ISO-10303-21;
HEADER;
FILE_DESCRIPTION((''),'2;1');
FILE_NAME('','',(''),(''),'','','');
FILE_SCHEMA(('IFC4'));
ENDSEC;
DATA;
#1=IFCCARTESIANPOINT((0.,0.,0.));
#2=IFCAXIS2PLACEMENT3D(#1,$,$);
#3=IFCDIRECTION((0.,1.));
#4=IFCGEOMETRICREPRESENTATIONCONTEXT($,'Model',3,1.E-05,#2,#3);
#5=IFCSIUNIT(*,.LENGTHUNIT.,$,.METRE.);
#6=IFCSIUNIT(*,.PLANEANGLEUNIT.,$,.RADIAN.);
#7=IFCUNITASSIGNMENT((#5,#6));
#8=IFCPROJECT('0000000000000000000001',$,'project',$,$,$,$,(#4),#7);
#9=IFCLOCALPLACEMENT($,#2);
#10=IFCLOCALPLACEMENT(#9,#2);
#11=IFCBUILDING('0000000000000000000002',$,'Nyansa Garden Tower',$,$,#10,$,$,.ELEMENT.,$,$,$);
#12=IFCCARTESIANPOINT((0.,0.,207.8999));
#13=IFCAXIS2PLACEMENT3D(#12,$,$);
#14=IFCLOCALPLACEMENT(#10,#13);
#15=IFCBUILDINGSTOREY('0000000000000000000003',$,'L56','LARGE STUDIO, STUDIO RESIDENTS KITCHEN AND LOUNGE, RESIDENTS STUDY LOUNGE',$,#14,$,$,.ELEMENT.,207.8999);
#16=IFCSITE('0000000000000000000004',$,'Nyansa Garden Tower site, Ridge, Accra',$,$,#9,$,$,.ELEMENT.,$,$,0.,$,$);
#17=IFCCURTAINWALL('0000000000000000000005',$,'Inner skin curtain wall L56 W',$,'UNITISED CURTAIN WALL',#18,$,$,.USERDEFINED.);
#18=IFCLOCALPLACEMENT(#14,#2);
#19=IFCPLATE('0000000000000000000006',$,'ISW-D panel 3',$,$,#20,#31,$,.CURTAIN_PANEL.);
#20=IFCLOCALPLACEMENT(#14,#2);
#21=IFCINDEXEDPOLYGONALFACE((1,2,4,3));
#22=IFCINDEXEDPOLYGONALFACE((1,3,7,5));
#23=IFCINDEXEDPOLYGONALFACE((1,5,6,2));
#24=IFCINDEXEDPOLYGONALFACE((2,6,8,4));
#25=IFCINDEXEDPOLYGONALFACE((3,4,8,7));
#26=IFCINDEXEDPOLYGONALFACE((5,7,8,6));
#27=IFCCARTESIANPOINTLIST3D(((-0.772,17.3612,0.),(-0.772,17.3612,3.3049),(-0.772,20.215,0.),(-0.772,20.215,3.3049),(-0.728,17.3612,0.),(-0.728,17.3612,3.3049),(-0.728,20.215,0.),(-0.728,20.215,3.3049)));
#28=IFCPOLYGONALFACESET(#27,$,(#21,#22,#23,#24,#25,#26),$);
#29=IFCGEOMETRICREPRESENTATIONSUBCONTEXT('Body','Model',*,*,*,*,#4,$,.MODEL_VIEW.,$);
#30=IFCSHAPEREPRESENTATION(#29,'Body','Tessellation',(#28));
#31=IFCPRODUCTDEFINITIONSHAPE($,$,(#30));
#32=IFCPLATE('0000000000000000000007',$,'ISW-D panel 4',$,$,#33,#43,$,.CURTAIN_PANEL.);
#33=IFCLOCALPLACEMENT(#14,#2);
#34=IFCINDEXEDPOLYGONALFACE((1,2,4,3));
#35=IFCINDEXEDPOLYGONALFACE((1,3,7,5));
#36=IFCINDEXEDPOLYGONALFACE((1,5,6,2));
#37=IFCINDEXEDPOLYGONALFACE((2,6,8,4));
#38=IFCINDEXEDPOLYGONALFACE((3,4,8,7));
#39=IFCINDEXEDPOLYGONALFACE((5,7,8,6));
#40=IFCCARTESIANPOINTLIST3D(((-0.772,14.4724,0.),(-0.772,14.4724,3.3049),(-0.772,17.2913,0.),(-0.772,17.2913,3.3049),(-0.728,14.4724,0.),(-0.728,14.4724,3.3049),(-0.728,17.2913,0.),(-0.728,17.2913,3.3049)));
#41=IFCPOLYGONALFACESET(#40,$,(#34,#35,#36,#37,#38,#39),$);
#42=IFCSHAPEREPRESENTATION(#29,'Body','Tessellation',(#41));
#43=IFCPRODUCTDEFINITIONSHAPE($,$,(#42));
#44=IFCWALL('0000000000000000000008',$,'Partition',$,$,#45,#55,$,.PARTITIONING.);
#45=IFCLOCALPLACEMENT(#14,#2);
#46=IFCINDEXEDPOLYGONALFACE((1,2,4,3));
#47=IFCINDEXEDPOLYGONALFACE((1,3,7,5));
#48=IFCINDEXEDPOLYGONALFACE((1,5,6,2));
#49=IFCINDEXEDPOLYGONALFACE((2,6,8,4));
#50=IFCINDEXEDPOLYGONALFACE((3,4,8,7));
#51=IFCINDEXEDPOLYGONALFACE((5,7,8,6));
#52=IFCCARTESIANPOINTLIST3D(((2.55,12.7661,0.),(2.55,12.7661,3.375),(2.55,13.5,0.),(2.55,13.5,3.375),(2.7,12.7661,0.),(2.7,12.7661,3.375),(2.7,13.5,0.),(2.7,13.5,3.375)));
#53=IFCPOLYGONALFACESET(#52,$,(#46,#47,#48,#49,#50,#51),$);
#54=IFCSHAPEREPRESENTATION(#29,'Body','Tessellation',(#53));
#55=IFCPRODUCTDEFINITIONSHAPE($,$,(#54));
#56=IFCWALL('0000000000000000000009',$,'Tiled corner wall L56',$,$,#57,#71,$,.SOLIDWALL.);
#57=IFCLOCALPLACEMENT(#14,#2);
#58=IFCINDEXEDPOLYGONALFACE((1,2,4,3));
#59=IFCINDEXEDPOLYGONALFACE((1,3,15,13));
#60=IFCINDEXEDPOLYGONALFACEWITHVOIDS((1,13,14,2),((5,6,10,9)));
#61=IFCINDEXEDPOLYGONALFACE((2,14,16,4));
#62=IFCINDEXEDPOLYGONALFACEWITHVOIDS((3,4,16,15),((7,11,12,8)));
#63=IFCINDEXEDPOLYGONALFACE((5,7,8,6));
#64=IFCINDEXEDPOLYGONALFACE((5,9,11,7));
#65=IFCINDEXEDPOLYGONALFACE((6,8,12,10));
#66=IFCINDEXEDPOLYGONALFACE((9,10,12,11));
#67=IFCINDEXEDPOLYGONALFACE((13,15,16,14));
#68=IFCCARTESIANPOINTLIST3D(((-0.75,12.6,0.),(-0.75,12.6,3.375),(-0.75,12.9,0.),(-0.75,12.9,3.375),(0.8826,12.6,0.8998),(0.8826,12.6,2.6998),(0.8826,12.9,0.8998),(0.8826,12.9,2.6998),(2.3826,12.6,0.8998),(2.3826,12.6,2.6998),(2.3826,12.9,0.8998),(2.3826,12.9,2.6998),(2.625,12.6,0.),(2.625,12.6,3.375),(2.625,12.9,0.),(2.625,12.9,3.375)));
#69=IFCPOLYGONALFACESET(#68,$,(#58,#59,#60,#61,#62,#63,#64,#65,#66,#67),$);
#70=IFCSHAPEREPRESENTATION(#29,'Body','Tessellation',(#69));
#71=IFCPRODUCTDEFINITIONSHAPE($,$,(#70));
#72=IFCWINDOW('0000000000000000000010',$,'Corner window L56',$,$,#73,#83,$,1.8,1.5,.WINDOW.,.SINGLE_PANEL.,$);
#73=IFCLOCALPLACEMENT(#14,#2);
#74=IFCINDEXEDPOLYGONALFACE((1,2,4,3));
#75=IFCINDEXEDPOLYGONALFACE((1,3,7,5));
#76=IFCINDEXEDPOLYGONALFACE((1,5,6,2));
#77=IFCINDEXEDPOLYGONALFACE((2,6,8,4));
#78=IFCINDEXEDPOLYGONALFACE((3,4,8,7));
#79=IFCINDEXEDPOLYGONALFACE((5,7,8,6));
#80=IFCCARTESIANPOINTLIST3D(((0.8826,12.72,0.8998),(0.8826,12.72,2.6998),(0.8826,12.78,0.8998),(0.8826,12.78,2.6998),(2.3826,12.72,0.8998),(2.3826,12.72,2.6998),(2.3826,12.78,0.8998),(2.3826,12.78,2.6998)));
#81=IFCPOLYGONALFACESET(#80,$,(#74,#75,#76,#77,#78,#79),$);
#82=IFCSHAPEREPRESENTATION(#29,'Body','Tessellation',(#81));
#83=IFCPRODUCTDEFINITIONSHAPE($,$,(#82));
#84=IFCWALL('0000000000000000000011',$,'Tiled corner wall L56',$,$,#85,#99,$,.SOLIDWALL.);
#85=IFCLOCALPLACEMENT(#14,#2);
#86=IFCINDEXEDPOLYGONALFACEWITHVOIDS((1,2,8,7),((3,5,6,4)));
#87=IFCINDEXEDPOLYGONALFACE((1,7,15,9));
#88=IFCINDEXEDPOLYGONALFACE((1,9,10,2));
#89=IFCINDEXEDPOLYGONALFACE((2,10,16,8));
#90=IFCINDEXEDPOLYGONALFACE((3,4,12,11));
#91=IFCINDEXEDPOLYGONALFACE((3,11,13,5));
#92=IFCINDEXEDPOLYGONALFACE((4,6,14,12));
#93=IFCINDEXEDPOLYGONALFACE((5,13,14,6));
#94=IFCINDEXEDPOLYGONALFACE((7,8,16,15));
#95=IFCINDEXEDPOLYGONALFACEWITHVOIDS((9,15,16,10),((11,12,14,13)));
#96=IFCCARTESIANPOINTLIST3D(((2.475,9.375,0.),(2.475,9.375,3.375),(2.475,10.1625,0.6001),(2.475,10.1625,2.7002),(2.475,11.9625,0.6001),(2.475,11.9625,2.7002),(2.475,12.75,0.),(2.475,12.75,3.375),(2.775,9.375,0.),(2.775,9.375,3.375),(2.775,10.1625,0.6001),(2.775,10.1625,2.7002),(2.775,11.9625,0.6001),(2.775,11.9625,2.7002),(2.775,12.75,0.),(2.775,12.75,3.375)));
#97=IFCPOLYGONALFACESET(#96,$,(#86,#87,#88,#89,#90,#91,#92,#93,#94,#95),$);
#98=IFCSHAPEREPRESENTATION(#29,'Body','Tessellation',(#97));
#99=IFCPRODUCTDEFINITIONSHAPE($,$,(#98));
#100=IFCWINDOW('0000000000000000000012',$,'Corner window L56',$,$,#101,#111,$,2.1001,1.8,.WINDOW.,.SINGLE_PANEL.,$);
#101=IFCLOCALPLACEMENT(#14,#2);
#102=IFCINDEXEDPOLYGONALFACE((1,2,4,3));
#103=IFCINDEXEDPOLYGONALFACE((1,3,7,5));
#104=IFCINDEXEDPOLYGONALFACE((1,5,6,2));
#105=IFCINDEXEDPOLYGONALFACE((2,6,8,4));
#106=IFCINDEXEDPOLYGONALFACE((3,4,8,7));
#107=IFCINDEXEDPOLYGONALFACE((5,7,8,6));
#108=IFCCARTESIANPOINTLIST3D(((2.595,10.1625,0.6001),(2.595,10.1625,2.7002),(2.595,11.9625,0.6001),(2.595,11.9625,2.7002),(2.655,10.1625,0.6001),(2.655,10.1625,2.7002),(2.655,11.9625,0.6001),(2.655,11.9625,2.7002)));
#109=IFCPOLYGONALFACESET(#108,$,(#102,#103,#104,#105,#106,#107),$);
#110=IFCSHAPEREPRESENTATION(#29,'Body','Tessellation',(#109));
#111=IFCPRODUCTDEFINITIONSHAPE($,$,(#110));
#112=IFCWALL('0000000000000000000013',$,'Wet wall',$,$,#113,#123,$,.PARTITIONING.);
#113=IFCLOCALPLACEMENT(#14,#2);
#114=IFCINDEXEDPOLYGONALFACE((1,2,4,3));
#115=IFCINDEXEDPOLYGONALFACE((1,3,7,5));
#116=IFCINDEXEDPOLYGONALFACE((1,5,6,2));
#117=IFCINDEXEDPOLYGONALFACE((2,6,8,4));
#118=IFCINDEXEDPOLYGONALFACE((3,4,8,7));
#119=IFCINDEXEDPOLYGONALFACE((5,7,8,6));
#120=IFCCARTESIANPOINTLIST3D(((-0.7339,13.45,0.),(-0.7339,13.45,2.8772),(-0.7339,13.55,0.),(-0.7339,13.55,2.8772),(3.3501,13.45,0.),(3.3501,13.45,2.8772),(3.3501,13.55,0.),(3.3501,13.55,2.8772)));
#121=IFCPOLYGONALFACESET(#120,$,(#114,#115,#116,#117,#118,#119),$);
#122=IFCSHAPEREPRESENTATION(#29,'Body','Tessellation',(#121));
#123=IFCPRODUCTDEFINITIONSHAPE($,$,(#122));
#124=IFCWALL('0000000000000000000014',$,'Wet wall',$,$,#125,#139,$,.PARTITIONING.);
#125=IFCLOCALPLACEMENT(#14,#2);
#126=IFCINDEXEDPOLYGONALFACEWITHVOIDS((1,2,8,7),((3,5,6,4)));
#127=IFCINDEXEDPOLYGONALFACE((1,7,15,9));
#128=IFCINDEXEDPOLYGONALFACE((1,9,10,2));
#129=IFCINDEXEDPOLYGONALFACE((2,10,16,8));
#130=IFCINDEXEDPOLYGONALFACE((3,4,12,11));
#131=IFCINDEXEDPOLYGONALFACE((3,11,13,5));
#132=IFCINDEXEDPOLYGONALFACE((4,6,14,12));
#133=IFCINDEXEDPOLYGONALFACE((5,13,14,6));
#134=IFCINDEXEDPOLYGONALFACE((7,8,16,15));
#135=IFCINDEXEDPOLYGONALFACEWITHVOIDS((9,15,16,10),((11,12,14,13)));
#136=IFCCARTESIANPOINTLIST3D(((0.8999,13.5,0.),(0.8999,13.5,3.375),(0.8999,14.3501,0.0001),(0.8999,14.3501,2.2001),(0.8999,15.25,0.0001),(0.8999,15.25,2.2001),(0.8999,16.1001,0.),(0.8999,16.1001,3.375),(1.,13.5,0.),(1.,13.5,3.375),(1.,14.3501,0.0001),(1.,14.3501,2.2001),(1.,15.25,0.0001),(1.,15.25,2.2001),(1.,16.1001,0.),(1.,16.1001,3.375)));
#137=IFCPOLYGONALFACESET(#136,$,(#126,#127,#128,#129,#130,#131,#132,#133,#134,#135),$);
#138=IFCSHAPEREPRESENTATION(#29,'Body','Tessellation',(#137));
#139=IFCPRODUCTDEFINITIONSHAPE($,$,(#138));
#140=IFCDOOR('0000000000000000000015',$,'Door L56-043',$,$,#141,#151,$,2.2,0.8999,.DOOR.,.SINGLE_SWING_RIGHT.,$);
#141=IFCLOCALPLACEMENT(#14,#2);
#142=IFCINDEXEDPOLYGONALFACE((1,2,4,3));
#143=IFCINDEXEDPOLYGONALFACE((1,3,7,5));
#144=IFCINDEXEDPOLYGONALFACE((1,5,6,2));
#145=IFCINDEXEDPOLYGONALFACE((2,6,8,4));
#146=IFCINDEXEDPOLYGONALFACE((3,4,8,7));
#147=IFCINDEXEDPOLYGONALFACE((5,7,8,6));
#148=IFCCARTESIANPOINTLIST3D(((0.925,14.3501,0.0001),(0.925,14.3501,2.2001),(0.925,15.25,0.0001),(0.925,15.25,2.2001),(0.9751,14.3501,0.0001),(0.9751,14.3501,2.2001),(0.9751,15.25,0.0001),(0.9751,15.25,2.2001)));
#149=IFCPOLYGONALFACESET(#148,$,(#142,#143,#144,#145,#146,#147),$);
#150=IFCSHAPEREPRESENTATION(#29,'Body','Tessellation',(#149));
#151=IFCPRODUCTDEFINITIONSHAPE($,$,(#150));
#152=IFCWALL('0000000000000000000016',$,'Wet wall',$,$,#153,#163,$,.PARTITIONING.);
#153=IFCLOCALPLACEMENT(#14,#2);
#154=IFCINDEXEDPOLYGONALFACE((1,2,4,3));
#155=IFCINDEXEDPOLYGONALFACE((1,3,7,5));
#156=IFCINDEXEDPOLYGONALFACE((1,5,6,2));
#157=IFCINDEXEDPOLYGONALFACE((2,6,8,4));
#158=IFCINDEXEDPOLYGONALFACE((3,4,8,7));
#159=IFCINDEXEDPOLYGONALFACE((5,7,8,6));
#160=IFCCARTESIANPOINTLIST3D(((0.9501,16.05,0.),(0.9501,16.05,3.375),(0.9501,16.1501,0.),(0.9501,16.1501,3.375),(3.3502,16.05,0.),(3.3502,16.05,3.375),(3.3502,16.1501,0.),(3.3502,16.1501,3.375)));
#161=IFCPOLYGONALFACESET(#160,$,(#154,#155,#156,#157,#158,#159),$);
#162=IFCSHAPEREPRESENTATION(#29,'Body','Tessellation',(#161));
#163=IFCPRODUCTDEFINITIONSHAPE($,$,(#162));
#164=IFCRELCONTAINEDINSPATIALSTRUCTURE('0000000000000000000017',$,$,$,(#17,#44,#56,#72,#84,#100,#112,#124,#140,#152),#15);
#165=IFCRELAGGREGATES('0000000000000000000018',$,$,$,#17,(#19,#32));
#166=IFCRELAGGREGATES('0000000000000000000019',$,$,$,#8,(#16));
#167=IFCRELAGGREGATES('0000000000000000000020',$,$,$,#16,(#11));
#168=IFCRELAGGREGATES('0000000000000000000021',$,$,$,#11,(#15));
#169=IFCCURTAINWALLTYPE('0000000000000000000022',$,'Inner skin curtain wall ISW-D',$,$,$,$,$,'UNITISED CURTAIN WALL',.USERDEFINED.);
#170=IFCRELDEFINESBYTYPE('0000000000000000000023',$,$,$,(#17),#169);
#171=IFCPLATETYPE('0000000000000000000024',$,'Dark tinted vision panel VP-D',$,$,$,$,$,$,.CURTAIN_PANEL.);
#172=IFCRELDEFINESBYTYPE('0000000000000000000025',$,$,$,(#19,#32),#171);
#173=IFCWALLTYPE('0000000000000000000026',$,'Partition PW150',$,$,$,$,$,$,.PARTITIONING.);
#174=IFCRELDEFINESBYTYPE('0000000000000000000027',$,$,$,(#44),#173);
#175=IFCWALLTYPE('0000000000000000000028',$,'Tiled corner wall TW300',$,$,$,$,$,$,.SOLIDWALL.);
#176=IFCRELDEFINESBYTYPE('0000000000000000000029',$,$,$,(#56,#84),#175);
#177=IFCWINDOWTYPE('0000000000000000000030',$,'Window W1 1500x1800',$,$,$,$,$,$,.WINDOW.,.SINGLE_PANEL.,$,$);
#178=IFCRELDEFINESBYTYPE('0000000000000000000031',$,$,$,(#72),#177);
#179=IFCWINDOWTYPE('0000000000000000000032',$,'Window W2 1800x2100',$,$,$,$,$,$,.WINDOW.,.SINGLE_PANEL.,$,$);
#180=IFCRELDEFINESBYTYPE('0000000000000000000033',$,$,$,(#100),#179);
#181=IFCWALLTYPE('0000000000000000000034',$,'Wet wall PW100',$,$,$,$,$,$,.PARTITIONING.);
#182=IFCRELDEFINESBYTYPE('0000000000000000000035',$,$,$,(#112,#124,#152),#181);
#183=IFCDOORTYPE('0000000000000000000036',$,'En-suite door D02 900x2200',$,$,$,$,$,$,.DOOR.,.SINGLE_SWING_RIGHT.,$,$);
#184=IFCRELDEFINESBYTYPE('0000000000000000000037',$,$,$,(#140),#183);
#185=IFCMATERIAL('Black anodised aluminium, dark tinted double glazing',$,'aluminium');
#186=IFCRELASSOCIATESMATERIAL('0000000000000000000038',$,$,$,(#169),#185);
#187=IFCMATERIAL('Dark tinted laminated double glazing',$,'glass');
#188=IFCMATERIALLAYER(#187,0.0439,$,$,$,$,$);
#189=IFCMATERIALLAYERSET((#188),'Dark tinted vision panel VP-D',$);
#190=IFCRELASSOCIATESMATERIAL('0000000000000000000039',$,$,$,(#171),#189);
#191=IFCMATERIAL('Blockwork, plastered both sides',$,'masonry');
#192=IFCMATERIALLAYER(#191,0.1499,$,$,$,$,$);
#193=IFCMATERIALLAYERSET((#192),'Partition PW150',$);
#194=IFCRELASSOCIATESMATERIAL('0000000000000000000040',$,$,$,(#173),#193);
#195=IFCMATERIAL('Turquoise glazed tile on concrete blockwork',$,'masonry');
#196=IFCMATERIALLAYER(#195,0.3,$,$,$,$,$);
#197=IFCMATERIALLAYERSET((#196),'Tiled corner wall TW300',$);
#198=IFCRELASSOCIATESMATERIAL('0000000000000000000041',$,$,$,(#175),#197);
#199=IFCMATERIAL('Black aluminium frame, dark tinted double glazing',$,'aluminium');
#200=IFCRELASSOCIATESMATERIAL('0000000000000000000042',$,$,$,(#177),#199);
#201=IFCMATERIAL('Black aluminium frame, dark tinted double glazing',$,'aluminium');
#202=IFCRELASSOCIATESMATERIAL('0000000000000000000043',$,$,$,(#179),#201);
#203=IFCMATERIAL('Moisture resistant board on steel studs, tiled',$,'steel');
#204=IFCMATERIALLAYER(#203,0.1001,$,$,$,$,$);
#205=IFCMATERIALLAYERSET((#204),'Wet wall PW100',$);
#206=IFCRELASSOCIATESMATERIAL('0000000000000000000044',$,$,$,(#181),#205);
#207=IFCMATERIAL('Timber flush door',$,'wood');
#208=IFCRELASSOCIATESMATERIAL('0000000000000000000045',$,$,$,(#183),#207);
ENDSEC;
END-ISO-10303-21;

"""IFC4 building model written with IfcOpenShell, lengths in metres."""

from ifc_helpers import new_model, si_unit, direction, frame, frame_2d, origin, origin_2d, place, context, subcontext, project, spatial, rectangle, extrude, material, layer, layer_set, type_object, element, fill, aggregate, save


model = new_model("IFC4")

# Units and contexts
model_context = context("Model", 3, precision=1e-05, world=origin(), true_north=direction((0.0, 1.0)))
body_context = subcontext(model_context, "Body", "Model", "MODEL_VIEW")
ifc_project = project(units=[si_unit("LENGTHUNIT", "METRE"), si_unit("PLANEANGLEUNIT", "RADIAN")], contexts=[model_context])

# Site, building, storey
site_placement = place(None, origin())
site = spatial("IfcSite", under=ifc_project, at=site_placement, Name="Nyansa Garden Tower site, Ridge, Accra", CompositionType="ELEMENT", RefElevation=0.0)
building_placement = place(site_placement, origin())
building = spatial("IfcBuilding", under=site, at=building_placement, Name="Nyansa Garden Tower", CompositionType="ELEMENT")
storey_placement = place(building_placement, frame((0.0, 0.0, 207.8999)))
storey = spatial("IfcBuildingStorey", under=building, at=storey_placement, Name="L56", Description="LARGE STUDIO, STUDIO RESIDENTS KITCHEN AND LOUNGE, RESIDENTS STUDY LOUNGE", CompositionType="ELEMENT", Elevation=207.8999)

# Curtain wall
ifc_material_1 = material(Name="Black anodised aluminium, dark tinted double glazing", Category="aluminium")
curtain_wall_type = type_object("IfcCurtainWallType", Name="Inner skin curtain wall ISW-D", ElementType="UNITISED CURTAIN WALL", PredefinedType="USERDEFINED", material=ifc_material_1)
curtain_wall_placement = place(storey_placement, origin())
curtain_wall = element("IfcCurtainWall", 1, at=curtain_wall_placement, inside=storey, type_object=curtain_wall_type, Name="Inner skin curtain wall L56 W", ObjectType="UNITISED CURTAIN WALL", PredefinedType="USERDEFINED")

# Plates
ifc_material_2 = material(Name="Dark tinted laminated double glazing", Category="glass")
ifc_layer_1 = layer(ifc_material_2, 0.0439)
ifc_layer_set_1 = layer_set([ifc_layer_1], Name="Dark tinted vision panel VP-D")
plate_type = type_object("IfcPlateType", Name="Dark tinted vision panel VP-D", PredefinedType="CURTAIN_PANEL", material=ifc_layer_set_1)
plate_1_placement = place(storey_placement, frame((-0.75, 18.7881, 0.0), z_axis=(0.0, 0.0, 1.0), x_axis=(0.0, -1.0, 0.0)))
plate_1 = element("IfcPlate", 2, at=plate_1_placement, type_object=plate_type, Name="ISW-D panel 3", PredefinedType="CURTAIN_PANEL", context=body_context, shape_type="SweptSolid", body=[
    extrude(rectangle(XDim=2.8538, YDim=0.0439, at=origin_2d()), origin(), (0.0, 0.0, 1.0), 3.3049),
])
plate_2_placement = place(storey_placement, frame((-0.75, 15.8818, 0.0), z_axis=(0.0, 0.0, 1.0), x_axis=(0.0, -1.0, 0.0)))
plate_2 = element("IfcPlate", 3, at=plate_2_placement, type_object=plate_type, Name="ISW-D panel 4", PredefinedType="CURTAIN_PANEL", context=body_context, shape_type="SweptSolid", body=[
    extrude(rectangle(XDim=2.8188, YDim=0.0439, at=origin_2d()), origin(), (0.0, 0.0, 1.0), 3.3049),
])
aggregate(curtain_wall, [plate_1, plate_2])

# Wall
ifc_material_3 = material(Name="Blockwork, plastered both sides", Category="masonry")
ifc_layer_2 = layer(ifc_material_3, 0.1499)
ifc_layer_set_2 = layer_set([ifc_layer_2], Name="Partition PW150")
wall_type_1 = type_object("IfcWallType", Name="Partition PW150", PredefinedType="PARTITIONING", material=ifc_layer_set_2)
wall_1_placement = place(storey_placement, frame((2.625, 12.7661, 0.0), z_axis=(0.0, 0.0, 1.0), x_axis=(0.0, 1.0, 0.0)))
element("IfcWall", 4, at=wall_1_placement, inside=storey, type_object=wall_type_1, Name="Partition", PredefinedType="PARTITIONING", context=body_context, shape_type="SweptSolid", body=[
    extrude(rectangle(XDim=0.7339, YDim=0.1499, at=frame_2d((0.3669, 0.0))), origin(), (0.0, 0.0, 1.0), 3.375),
])

# Walls, openings, windows
ifc_material_4 = material(Name="Turquoise glazed tile on concrete blockwork", Category="masonry")
ifc_layer_3 = layer(ifc_material_4, 0.3)
ifc_layer_set_3 = layer_set([ifc_layer_3], Name="Tiled corner wall TW300")
wall_type_2 = type_object("IfcWallType", Name="Tiled corner wall TW300", PredefinedType="SOLIDWALL", material=ifc_layer_set_3)
wall_2_placement = place(storey_placement, frame((-0.75, 12.75, 0.0), z_axis=(0.0, 0.0, 1.0), x_axis=(1.0, 0.0, 0.0)))
wall_2 = element("IfcWall", 5, at=wall_2_placement, inside=storey, type_object=wall_type_2, Name="Tiled corner wall L56", PredefinedType="SOLIDWALL", context=body_context, shape_type="SweptSolid", body=[
    extrude(rectangle(XDim=3.375, YDim=0.3, at=frame_2d((1.6875, 0.0))), origin(), (0.0, 0.0, 1.0), 3.375),
])
opening_1_placement = place(wall_2_placement, frame((1.6326, 0.0, 0.8999)))
opening_1 = element("IfcOpeningElement", 6, at=opening_1_placement, cuts=wall_2, PredefinedType="OPENING", context=body_context, shape_type="SweptSolid", body=[
    extrude(rectangle(XDim=1.5, YDim=1.8, at=frame_2d((0.75, 0.8999))), frame((0.0, 0.1599, 0.0), z_axis=(0.0, -1.0, 0.0), x_axis=(1.0, 0.0, 0.0)), (0.0, 0.0, 1.0), 0.3201),
])
ifc_material_5 = material(Name="Black aluminium frame, dark tinted double glazing", Category="aluminium")
window_type_1 = type_object("IfcWindowType", Name="Window W1 1500x1800", PartitioningType="SINGLE_PANEL", PredefinedType="WINDOW", material=ifc_material_5)
window_1_placement = place(opening_1_placement, origin())
window_1 = element("IfcWindow", 7, at=window_1_placement, inside=storey, type_object=window_type_1, Name="Corner window L56", OverallHeight=1.8, OverallWidth=1.5, PartitioningType="SINGLE_PANEL", PredefinedType="WINDOW", context=body_context, shape_type="SweptSolid", body=[
    extrude(rectangle(XDim=1.5, YDim=1.8, at=frame_2d((0.75, 0.8999))), frame((0.0, 0.03, 0.0), z_axis=(0.0, -1.0, 0.0), x_axis=(1.0, 0.0, 0.0)), (0.0, 0.0, 1.0), 0.0601),
])
fill(opening_1, window_1)
wall_3_placement = place(storey_placement, frame((2.625, 12.75, 0.0), z_axis=(0.0, 0.0, 1.0), x_axis=(0.0, -1.0, 0.0)))
wall_3 = element("IfcWall", 8, at=wall_3_placement, inside=storey, type_object=wall_type_2, Name="Tiled corner wall L56", PredefinedType="SOLIDWALL", context=body_context, shape_type="SweptSolid", body=[
    extrude(rectangle(XDim=3.375, YDim=0.3, at=frame_2d((1.6875, 0.0))), origin(), (0.0, 0.0, 1.0), 3.375),
])
opening_2_placement = place(wall_3_placement, frame((0.7876, 0.0, 0.6001)))
opening_2 = element("IfcOpeningElement", 9, at=opening_2_placement, cuts=wall_3, PredefinedType="OPENING", context=body_context, shape_type="SweptSolid", body=[
    extrude(rectangle(XDim=1.8, YDim=2.1001, at=frame_2d((0.8999, 1.05))), frame((0.0, 0.1599, 0.0), z_axis=(0.0, -1.0, 0.0), x_axis=(1.0, 0.0, 0.0)), (0.0, 0.0, 1.0), 0.3201),
])
ifc_material_6 = material(Name="Black aluminium frame, dark tinted double glazing", Category="aluminium")
window_type_2 = type_object("IfcWindowType", Name="Window W2 1800x2100", PartitioningType="SINGLE_PANEL", PredefinedType="WINDOW", material=ifc_material_6)
window_2_placement = place(opening_2_placement, origin())
window_2 = element("IfcWindow", 10, at=window_2_placement, inside=storey, type_object=window_type_2, Name="Corner window L56", OverallHeight=2.1001, OverallWidth=1.8, PartitioningType="SINGLE_PANEL", PredefinedType="WINDOW", context=body_context, shape_type="SweptSolid", body=[
    extrude(rectangle(XDim=1.8, YDim=2.1001, at=frame_2d((0.8999, 1.05))), frame((0.0, 0.03, 0.0), z_axis=(0.0, -1.0, 0.0), x_axis=(1.0, 0.0, 0.0)), (0.0, 0.0, 1.0), 0.0601),
])
fill(opening_2, window_2)

# Wall
ifc_material_7 = material(Name="Moisture resistant board on steel studs, tiled", Category="steel")
ifc_layer_4 = layer(ifc_material_7, 0.1001)
ifc_layer_set_4 = layer_set([ifc_layer_4], Name="Wet wall PW100")
wall_type_3 = type_object("IfcWallType", Name="Wet wall PW100", PredefinedType="PARTITIONING", material=ifc_layer_set_4)
wall_4_placement = place(storey_placement, frame((-0.7339, 13.5, 0.0), z_axis=(0.0, 0.0, 1.0), x_axis=(1.0, 0.0, 0.0)))
element("IfcWall", 11, at=wall_4_placement, inside=storey, type_object=wall_type_3, Name="Wet wall", PredefinedType="PARTITIONING", context=body_context, shape_type="SweptSolid", body=[
    extrude(rectangle(XDim=4.084, YDim=0.1001, at=frame_2d((2.042, 0.0))), origin(), (0.0, 0.0, 1.0), 2.8772),
])

# Wall, opening, door
wall_5_placement = place(storey_placement, frame((0.95, 13.5, 0.0), z_axis=(0.0, 0.0, 1.0), x_axis=(0.0, 1.0, 0.0)))
wall_5 = element("IfcWall", 12, at=wall_5_placement, inside=storey, type_object=wall_type_3, Name="Wet wall", PredefinedType="PARTITIONING", context=body_context, shape_type="SweptSolid", body=[
    extrude(rectangle(XDim=2.6001, YDim=0.1001, at=frame_2d((1.3, 0.0))), origin(), (0.0, 0.0, 1.0), 3.375),
])
opening_3_placement = place(wall_5_placement, frame((0.8501, 0.0, 0.0)))
opening_3 = element("IfcOpeningElement", 13, at=opening_3_placement, cuts=wall_5, PredefinedType="OPENING", context=body_context, shape_type="SweptSolid", body=[
    extrude(rectangle(XDim=0.8999, YDim=2.2, at=frame_2d((0.45, 1.1001))), frame((0.0, 0.0601, 0.0), z_axis=(0.0, -1.0, 0.0), x_axis=(1.0, 0.0, 0.0)), (0.0, 0.0, 1.0), 0.1201),
])
ifc_material_8 = material(Name="Timber flush door", Category="wood")
door_type = type_object("IfcDoorType", Name="En-suite door D02 900x2200", OperationType="SINGLE_SWING_RIGHT", PredefinedType="DOOR", material=ifc_material_8)
door_placement = place(opening_3_placement, origin())
door = element("IfcDoor", 14, at=door_placement, inside=storey, type_object=door_type, Name="Door L56-043", OperationType="SINGLE_SWING_RIGHT", OverallHeight=2.2, OverallWidth=0.8999, PredefinedType="DOOR", context=body_context, shape_type="SweptSolid", body=[
    extrude(rectangle(XDim=0.8999, YDim=2.2, at=frame_2d((0.45, 1.1001))), frame((0.0, 0.0249, 0.0), z_axis=(0.0, -1.0, 0.0), x_axis=(1.0, 0.0, 0.0)), (0.0, 0.0, 1.0), 0.05),
])
fill(opening_3, door)

# Wall
wall_6_placement = place(storey_placement, frame((0.95, 16.1001, 0.0), z_axis=(0.0, 0.0, 1.0), x_axis=(1.0, 0.0, 0.0)))
element("IfcWall", 15, at=wall_6_placement, inside=storey, type_object=wall_type_3, Name="Wet wall", PredefinedType="PARTITIONING", context=body_context, shape_type="SweptSolid", body=[
    extrude(rectangle(XDim=2.4001, YDim=0.1001, at=frame_2d((1.2002, 0.0))), origin(), (0.0, 0.0, 1.0), 3.375),
])

save(model, "model.ifc")
